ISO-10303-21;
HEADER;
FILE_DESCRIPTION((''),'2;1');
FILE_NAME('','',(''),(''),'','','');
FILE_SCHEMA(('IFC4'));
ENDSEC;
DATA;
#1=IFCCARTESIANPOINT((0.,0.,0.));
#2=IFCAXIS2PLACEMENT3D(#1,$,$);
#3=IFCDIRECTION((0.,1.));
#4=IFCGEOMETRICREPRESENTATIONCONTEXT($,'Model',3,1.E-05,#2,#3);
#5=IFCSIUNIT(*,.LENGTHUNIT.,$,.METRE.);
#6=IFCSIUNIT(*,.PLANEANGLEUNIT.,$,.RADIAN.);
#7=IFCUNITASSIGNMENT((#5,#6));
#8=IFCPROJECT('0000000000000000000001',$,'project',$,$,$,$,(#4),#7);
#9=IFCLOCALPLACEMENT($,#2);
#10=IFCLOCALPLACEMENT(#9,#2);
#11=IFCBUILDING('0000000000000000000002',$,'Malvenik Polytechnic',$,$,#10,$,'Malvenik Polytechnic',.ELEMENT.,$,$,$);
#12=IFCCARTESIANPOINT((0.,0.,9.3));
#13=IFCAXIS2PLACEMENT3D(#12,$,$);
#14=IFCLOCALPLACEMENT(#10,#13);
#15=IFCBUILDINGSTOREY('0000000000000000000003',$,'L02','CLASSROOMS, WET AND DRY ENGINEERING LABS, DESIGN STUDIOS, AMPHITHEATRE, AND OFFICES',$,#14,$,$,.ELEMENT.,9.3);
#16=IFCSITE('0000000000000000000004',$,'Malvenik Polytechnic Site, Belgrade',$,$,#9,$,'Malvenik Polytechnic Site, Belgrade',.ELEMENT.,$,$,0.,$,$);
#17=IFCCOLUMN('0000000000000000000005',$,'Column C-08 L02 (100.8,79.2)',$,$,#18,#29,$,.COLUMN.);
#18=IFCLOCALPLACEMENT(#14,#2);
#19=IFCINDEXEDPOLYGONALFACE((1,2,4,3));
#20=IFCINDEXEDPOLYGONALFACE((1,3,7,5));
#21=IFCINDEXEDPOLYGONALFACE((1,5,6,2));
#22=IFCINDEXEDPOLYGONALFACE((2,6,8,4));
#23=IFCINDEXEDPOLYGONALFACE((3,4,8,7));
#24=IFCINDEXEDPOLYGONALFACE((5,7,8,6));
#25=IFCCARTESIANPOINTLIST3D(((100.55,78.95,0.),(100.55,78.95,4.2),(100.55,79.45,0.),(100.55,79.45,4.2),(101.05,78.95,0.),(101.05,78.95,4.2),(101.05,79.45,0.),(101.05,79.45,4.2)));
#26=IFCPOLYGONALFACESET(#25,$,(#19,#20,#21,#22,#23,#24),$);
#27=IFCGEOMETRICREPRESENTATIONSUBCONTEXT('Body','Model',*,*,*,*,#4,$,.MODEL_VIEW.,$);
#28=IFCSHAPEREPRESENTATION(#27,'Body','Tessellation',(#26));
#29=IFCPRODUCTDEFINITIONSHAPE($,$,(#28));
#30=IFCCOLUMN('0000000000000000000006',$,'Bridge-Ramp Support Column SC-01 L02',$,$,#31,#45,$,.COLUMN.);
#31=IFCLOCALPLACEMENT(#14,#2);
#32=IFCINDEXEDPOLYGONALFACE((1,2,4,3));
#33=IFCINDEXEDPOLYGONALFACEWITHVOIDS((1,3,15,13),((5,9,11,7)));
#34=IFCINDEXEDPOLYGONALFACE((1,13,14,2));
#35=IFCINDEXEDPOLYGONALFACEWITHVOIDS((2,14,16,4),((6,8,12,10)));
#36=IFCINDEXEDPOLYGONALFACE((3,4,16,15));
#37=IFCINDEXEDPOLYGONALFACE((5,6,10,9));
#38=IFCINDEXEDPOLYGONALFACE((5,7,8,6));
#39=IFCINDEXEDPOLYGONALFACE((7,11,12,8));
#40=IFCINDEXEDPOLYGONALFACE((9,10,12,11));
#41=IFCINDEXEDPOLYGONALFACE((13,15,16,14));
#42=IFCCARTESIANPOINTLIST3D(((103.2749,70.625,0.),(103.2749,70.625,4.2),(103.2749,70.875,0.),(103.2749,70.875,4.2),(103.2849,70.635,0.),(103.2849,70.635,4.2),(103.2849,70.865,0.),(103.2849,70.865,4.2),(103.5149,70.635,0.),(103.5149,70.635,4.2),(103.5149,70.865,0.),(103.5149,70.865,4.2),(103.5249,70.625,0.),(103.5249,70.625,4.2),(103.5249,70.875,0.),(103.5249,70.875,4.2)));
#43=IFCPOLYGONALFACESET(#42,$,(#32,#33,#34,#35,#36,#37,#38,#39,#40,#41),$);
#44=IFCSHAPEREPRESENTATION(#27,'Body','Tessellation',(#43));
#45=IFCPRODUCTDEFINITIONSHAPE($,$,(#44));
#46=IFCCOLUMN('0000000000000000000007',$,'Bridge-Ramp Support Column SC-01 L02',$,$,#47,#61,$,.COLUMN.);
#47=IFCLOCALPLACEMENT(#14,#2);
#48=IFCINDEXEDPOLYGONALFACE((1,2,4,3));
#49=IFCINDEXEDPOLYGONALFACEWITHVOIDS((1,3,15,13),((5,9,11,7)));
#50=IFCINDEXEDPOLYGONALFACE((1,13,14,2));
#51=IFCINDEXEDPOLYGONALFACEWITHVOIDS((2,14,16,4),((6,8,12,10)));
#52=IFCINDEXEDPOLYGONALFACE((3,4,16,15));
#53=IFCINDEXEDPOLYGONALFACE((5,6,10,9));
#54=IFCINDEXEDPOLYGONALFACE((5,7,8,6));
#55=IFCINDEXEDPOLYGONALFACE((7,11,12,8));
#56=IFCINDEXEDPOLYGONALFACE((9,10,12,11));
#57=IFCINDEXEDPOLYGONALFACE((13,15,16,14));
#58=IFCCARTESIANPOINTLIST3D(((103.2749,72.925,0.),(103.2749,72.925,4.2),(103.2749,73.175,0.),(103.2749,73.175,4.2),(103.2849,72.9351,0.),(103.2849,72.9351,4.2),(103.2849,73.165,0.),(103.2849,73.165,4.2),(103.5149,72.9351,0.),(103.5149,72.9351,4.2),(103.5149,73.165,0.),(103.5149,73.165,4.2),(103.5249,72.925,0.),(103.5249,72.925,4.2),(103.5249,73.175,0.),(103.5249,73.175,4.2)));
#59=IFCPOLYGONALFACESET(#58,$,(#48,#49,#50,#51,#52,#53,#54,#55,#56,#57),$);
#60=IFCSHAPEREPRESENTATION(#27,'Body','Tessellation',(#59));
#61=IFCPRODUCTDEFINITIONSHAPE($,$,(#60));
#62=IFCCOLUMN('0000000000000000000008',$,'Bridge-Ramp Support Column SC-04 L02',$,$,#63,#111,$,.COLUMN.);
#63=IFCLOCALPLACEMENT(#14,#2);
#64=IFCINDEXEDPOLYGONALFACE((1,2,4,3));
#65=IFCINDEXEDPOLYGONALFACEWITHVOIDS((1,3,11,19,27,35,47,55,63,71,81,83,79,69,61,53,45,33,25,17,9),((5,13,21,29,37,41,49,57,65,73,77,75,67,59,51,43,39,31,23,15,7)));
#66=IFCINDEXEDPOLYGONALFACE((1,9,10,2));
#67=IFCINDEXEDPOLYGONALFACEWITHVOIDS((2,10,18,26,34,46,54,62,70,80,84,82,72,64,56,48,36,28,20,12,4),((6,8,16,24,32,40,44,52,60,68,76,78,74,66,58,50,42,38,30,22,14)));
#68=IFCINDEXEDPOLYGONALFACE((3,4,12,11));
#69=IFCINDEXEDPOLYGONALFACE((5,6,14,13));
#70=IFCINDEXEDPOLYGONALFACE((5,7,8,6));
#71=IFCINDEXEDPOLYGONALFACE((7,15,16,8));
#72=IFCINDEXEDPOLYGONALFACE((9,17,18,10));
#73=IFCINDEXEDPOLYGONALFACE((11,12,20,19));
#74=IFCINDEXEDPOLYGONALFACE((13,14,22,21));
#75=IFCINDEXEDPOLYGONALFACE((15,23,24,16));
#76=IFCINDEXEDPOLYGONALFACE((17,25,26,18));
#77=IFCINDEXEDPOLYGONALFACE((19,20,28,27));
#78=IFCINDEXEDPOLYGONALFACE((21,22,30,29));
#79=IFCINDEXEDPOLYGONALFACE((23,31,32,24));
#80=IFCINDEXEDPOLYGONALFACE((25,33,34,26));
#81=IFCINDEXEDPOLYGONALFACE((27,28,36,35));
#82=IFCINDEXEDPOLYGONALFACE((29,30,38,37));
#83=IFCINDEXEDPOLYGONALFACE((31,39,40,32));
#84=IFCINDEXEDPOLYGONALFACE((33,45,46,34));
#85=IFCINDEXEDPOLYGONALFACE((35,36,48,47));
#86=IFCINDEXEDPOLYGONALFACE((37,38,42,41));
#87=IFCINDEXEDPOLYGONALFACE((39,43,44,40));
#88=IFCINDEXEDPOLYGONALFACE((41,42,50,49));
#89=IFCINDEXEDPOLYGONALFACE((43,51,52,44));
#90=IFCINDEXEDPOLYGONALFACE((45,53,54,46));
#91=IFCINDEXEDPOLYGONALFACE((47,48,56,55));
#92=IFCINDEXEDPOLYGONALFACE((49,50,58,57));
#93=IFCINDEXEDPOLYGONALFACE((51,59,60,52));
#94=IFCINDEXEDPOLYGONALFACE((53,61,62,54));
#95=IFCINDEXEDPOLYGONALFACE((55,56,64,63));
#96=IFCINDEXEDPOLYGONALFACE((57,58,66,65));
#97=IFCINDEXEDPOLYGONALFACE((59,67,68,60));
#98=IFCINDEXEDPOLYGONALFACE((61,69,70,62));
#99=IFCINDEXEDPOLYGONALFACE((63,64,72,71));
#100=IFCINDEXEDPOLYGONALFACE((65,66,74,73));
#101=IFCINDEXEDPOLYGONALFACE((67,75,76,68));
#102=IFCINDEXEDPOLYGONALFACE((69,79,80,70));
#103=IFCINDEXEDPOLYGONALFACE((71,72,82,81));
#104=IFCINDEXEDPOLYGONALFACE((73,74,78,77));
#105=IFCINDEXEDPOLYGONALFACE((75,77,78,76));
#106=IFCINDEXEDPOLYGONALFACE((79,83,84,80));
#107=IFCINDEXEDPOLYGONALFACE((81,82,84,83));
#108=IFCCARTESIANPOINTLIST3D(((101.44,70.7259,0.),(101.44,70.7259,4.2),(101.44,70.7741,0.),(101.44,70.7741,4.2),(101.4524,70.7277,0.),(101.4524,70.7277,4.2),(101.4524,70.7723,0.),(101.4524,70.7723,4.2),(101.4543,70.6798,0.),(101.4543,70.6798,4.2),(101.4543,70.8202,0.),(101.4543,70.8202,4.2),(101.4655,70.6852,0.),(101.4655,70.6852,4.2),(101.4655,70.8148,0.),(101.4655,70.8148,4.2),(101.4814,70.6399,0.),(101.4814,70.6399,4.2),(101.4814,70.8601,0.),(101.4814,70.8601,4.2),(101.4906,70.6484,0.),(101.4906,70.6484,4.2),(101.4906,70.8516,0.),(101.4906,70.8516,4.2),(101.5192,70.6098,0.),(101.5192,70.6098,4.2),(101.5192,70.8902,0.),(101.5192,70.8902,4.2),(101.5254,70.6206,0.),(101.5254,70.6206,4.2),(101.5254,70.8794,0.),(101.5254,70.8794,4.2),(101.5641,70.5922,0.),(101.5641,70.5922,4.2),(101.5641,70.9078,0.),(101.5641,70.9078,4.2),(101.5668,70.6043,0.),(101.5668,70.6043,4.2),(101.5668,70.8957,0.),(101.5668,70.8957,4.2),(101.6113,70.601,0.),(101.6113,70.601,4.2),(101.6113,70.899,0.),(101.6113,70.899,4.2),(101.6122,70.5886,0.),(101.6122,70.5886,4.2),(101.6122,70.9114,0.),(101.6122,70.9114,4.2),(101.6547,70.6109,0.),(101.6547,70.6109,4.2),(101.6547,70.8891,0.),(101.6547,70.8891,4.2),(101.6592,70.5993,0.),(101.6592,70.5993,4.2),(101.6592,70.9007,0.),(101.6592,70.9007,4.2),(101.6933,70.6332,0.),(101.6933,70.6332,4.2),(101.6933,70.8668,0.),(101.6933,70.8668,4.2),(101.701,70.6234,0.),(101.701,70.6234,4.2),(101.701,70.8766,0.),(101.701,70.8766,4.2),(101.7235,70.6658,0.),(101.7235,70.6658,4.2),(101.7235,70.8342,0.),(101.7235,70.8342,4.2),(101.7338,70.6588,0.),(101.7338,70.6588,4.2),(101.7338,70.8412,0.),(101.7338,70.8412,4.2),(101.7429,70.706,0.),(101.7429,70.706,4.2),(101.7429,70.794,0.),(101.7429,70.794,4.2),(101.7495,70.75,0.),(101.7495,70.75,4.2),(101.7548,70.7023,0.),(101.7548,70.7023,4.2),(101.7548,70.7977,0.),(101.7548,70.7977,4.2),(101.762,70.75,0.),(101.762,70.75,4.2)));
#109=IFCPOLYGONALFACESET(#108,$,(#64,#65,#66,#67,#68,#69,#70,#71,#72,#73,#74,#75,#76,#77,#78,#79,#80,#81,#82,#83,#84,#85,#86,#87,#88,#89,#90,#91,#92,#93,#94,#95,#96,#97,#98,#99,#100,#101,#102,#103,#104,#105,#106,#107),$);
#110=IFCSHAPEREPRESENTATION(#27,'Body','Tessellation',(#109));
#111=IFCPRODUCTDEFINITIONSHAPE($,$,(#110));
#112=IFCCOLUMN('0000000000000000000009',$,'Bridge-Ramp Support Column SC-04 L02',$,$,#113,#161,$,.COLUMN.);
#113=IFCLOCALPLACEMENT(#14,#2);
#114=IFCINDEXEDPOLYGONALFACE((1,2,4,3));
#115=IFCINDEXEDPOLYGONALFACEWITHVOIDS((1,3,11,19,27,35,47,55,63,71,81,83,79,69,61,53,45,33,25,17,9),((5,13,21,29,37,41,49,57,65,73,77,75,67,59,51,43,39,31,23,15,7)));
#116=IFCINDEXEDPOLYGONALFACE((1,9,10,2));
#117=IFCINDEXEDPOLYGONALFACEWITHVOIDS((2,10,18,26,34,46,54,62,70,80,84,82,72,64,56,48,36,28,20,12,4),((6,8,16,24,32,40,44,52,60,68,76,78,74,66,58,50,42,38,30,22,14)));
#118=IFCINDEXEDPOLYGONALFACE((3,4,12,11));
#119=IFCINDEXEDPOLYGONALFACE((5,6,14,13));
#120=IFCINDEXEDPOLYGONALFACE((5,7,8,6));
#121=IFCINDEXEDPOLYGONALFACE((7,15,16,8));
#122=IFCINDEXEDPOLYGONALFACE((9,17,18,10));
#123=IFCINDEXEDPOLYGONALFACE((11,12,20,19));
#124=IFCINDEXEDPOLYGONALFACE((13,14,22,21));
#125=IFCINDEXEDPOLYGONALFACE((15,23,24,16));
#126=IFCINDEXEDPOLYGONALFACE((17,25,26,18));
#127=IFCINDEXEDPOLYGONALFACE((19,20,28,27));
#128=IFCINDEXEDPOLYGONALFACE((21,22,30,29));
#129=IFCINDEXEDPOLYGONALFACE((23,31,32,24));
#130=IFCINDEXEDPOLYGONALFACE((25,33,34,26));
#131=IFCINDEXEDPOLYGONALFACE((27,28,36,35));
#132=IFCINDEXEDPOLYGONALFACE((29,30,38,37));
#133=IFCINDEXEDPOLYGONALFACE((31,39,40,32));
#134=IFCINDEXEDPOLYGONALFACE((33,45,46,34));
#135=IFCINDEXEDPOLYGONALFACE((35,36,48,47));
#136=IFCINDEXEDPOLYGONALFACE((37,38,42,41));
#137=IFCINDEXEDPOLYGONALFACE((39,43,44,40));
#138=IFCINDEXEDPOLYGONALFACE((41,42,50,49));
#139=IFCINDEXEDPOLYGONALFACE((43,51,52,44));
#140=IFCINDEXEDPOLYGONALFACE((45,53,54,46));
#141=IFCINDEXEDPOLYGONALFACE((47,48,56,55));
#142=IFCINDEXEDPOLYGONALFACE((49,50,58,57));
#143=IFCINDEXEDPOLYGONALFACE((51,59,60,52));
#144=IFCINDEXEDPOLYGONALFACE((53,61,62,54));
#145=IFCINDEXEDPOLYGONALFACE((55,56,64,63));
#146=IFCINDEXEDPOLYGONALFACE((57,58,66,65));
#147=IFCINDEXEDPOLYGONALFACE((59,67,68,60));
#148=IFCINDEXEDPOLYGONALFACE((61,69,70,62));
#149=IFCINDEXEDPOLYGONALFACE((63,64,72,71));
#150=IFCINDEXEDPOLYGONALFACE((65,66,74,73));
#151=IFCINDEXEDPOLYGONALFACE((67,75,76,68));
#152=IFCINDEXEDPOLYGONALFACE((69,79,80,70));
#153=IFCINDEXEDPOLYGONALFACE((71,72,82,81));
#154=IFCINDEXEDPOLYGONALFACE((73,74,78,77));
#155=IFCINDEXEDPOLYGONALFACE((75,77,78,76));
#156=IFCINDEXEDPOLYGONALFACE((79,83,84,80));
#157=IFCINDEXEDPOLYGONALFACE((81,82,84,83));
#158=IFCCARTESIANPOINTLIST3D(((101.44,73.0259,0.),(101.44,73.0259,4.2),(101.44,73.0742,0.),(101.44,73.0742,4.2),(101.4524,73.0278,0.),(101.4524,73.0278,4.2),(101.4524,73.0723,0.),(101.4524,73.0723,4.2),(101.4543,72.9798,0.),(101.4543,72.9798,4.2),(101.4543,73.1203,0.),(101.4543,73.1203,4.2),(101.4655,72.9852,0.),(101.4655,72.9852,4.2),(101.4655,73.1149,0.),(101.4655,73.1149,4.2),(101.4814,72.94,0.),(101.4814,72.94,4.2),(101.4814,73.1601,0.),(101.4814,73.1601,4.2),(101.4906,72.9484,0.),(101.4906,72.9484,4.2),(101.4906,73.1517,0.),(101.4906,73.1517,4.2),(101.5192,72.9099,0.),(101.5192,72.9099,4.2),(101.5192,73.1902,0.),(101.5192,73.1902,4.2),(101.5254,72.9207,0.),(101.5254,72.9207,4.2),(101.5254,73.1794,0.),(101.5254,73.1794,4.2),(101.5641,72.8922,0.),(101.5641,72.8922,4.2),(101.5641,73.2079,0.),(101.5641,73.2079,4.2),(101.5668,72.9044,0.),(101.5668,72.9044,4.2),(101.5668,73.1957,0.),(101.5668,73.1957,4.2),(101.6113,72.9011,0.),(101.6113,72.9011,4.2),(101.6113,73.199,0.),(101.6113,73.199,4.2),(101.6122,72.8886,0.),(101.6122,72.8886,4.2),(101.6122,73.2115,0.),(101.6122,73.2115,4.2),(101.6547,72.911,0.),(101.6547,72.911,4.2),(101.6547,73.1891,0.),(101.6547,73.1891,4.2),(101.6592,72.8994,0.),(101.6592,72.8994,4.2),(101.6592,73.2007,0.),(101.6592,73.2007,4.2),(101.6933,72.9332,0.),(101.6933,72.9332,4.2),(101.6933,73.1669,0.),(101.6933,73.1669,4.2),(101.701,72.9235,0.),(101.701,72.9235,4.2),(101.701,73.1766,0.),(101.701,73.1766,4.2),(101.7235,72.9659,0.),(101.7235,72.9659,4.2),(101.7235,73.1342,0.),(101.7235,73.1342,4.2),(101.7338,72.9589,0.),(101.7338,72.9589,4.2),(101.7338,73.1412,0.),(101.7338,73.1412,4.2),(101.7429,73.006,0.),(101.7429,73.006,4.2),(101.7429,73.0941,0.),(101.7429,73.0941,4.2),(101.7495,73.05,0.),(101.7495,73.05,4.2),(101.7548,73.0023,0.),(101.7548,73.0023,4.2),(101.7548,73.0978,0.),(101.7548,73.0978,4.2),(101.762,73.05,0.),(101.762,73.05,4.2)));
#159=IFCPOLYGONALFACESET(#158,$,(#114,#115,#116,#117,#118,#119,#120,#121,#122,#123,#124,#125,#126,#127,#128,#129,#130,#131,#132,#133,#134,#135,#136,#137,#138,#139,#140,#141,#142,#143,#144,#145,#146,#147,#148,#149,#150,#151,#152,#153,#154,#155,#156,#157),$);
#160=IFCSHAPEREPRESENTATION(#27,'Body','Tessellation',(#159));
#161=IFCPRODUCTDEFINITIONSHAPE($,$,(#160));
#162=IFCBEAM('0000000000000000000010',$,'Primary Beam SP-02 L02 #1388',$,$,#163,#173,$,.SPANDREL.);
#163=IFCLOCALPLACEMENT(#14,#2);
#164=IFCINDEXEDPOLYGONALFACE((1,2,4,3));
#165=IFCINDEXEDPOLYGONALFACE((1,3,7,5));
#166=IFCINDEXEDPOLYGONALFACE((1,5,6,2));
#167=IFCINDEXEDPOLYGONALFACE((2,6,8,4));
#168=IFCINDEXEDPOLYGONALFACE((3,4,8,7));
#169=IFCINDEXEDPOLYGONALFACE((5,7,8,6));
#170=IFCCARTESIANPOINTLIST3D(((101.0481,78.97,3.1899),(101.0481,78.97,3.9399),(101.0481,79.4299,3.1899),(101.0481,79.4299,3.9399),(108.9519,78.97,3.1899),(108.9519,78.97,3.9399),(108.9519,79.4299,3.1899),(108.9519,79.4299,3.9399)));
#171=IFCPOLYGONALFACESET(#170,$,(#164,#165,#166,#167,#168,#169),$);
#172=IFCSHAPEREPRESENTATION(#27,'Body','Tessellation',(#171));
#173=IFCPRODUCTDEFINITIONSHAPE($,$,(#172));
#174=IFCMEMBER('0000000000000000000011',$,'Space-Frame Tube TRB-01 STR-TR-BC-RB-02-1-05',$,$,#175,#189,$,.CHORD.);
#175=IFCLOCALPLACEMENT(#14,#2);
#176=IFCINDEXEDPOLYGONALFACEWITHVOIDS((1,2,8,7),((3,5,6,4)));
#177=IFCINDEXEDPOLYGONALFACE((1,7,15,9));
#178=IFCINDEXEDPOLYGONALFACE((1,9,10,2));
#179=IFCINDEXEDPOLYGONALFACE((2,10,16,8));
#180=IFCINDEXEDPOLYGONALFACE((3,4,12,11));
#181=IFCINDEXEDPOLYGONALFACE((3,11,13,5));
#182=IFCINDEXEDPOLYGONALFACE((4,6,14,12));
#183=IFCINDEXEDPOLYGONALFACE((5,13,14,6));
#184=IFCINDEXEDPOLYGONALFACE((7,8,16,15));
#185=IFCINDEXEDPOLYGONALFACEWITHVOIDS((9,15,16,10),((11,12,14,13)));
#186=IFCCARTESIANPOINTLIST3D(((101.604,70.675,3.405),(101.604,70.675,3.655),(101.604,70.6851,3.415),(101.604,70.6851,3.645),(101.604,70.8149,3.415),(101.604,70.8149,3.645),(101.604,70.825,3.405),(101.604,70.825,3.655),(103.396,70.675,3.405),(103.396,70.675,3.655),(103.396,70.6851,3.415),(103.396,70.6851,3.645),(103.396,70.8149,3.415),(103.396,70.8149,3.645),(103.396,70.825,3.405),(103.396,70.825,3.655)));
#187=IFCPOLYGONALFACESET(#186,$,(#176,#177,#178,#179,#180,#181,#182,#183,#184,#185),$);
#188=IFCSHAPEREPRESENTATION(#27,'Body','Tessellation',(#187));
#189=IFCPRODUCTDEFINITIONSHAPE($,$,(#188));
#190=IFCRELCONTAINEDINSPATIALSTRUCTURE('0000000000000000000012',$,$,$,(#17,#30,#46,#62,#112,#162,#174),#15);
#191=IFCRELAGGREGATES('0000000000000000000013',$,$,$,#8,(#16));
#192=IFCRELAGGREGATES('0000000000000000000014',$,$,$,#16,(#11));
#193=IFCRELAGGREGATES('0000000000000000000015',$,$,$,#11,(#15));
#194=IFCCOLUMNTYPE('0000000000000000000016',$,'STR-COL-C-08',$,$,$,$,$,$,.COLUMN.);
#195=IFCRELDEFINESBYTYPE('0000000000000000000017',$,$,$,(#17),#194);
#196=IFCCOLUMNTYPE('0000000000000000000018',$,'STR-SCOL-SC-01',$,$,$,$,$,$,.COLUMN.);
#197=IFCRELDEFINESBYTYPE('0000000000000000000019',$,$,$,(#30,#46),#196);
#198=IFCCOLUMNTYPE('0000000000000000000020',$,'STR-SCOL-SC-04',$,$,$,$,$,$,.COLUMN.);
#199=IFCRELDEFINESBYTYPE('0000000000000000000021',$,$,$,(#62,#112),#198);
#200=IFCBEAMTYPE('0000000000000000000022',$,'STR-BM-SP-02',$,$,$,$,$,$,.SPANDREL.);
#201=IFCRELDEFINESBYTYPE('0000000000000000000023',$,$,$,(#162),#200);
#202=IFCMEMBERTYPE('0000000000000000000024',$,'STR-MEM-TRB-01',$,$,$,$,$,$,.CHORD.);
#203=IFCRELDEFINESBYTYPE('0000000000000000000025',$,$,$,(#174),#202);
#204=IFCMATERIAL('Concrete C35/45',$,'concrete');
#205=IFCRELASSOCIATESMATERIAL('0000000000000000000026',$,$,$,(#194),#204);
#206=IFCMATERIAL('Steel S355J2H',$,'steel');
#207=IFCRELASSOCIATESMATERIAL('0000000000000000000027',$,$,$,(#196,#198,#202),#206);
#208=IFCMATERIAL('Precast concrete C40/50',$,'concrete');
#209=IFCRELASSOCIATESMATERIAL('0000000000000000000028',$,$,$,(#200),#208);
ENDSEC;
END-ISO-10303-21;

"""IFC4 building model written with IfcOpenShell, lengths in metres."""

from ifc_helpers import new_model, si_unit, direction, frame, origin, origin_2d, place, context, subcontext, project, spatial, rectangle, hollow_rectangle, hollow_circle, extrude, material, material_profile, profile_set, type_object, element, save


model = new_model("IFC4")

# Units and contexts
model_context = context("Model", 3, precision=1e-05, world=origin(), true_north=direction((0.0, 1.0)))
body_context = subcontext(model_context, "Body", "Model", "MODEL_VIEW")
ifc_project = project(units=[si_unit("LENGTHUNIT", "METRE"), si_unit("PLANEANGLEUNIT", "RADIAN")], contexts=[model_context])

# Site, building, storey
site_placement = place(None, origin())
site = spatial("IfcSite", under=ifc_project, at=site_placement, Name="Malvenik Polytechnic Site, Belgrade", LongName="Malvenik Polytechnic Site, Belgrade", CompositionType="ELEMENT", RefElevation=0.0)
building_placement = place(site_placement, origin())
building = spatial("IfcBuilding", under=site, at=building_placement, Name="Malvenik Polytechnic", LongName="Malvenik Polytechnic", CompositionType="ELEMENT")
storey_placement = place(building_placement, frame((0.0, 0.0, 9.3)))
storey = spatial("IfcBuildingStorey", under=building, at=storey_placement, Name="L02", Description="CLASSROOMS, WET AND DRY ENGINEERING LABS, DESIGN STUDIOS, AMPHITHEATRE, AND OFFICES", CompositionType="ELEMENT", Elevation=9.3)

# Columns
ifc_material_1 = material(Name="Concrete C35/45", Category="concrete")
ifc_material_profile_1 = material_profile(ifc_material_1, rectangle(XDim=0.5, YDim=0.5, at=origin_2d()), Name="RC COL 500x500")
ifc_profile_set_1 = profile_set([ifc_material_profile_1], Name="Concrete C35/45")
column_type_1 = type_object("IfcColumnType", Name="STR-COL-C-08", PredefinedType="COLUMN", material=ifc_profile_set_1)
column_placement = place(storey_placement, frame((100.8, 79.2, 0.0), z_axis=(0.0, 0.0, 1.0), x_axis=(1.0, 0.0, 0.0)))
element("IfcColumn", 1, at=column_placement, inside=storey, type_object=column_type_1, Name="Column C-08 L02 (100.8,79.2)", PredefinedType="COLUMN", context=body_context, shape_type="SweptSolid", body=[
    extrude(rectangle(XDim=0.5, YDim=0.5, at=origin_2d()), origin(), (0.0, 0.0, 1.0), 4.2),
])
ifc_material_2 = material(Name="Steel S355J2H", Category="steel")
ifc_material_profile_2 = material_profile(ifc_material_2, hollow_rectangle(XDim=0.25, YDim=0.25, WallThickness=0.01, at=origin_2d()), Name="SHS 250x250x10.0")
ifc_profile_set_2 = profile_set([ifc_material_profile_2], Name="Steel S355J2H")
column_type_2 = type_object("IfcColumnType", Name="STR-SCOL-SC-01", PredefinedType="COLUMN", material=ifc_profile_set_2)
for number, where, z_axis, x_axis, name in (
    (2, (103.3999, 70.75, 0.0), (0.0, 0.0, 1.0), (1.0, 0.0, 0.0), "Bridge-Ramp Support Column SC-01 L02"),
    (3, (103.3999, 73.05, 0.0), (0.0, 0.0, 1.0), (1.0, 0.0, 0.0), "Bridge-Ramp Support Column SC-01 L02"),
):
    element("IfcColumn", number, at=place(storey_placement, frame(where, z_axis=z_axis, x_axis=x_axis)), inside=storey, type_object=column_type_2, Name=name, PredefinedType="COLUMN", context=body_context, shape_type="SweptSolid", body=[
        extrude(hollow_rectangle(XDim=0.25, YDim=0.25, WallThickness=0.01, at=origin_2d()), origin(), (0.0, 0.0, 1.0), 4.2),
    ])
ifc_material_profile_3 = material_profile(ifc_material_2, hollow_circle(Radius=0.1619, WallThickness=0.0125, at=origin_2d()), Name="CHS 323.9x12.5")
ifc_profile_set_3 = profile_set([ifc_material_profile_3], Name="Steel S355J2H")
column_type_3 = type_object("IfcColumnType", Name="STR-SCOL-SC-04", PredefinedType="COLUMN", material=ifc_profile_set_3)
for number, where, z_axis, x_axis, name in (
    (4, (101.6001, 70.75, 0.0), (0.0, 0.0, 1.0), (1.0, 0.0, 0.0), "Bridge-Ramp Support Column SC-04 L02"),
    (5, (101.6001, 73.05, 0.0), (0.0, 0.0, 1.0), (1.0, 0.0, 0.0), "Bridge-Ramp Support Column SC-04 L02"),
):
    element("IfcColumn", number, at=place(storey_placement, frame(where, z_axis=z_axis, x_axis=x_axis)), inside=storey, type_object=column_type_3, Name=name, PredefinedType="COLUMN", context=body_context, shape_type="SweptSolid", body=[
        extrude(hollow_circle(Radius=0.1619, WallThickness=0.0125, at=origin_2d()), origin(), (0.0, 0.0, 1.0), 4.2),
    ])

# Beam
ifc_material_3 = material(Name="Precast concrete C40/50", Category="concrete")
ifc_material_profile_4 = material_profile(ifc_material_3, rectangle(XDim=0.46, YDim=0.75, at=origin_2d()), Name="PC SPN 460x750")
ifc_profile_set_4 = profile_set([ifc_material_profile_4], Name="Precast concrete C40/50")
beam_type = type_object("IfcBeamType", Name="STR-BM-SP-02", PredefinedType="SPANDREL", material=ifc_profile_set_4)
beam_placement = place(storey_placement, frame((101.0481, 79.2, 3.5649), z_axis=(1.0, 0.0, 0.0), x_axis=(0.0, 1.0, 0.0)))
element("IfcBeam", 6, at=beam_placement, inside=storey, type_object=beam_type, Name="Primary Beam SP-02 L02 #1388", PredefinedType="SPANDREL", context=body_context, shape_type="SweptSolid", body=[
    extrude(rectangle(XDim=0.46, YDim=0.75, at=origin_2d()), origin(), (0.0, 0.0, 1.0), 7.9038),
])

# Member
ifc_material_profile_5 = material_profile(ifc_material_2, hollow_rectangle(XDim=0.1499, YDim=0.25, WallThickness=0.01, at=origin_2d()), Name="RHS 250x150x10.0")
ifc_profile_set_5 = profile_set([ifc_material_profile_5], Name="Steel S355J2H")
member_type_1 = type_object("IfcMemberType", Name="STR-MEM-TRB-01", PredefinedType="CHORD", material=ifc_profile_set_5)
member_1_placement = place(storey_placement, frame((103.396, 70.75, 3.53), z_axis=(-1.0, 0.0, 0.0), x_axis=(0.0, -1.0, 0.0)))
element("IfcMember", 7, at=member_1_placement, inside=storey, type_object=member_type_1, Name="Space-Frame Tube TRB-01 STR-TR-BC-RB-02-1-05", PredefinedType="CHORD", context=body_context, shape_type="SweptSolid", body=[
    extrude(hollow_rectangle(XDim=0.1499, YDim=0.25, WallThickness=0.01, at=origin_2d()), origin(), (0.0, 0.0, 1.0), 1.792),
])

save(model, "model.ifc")
